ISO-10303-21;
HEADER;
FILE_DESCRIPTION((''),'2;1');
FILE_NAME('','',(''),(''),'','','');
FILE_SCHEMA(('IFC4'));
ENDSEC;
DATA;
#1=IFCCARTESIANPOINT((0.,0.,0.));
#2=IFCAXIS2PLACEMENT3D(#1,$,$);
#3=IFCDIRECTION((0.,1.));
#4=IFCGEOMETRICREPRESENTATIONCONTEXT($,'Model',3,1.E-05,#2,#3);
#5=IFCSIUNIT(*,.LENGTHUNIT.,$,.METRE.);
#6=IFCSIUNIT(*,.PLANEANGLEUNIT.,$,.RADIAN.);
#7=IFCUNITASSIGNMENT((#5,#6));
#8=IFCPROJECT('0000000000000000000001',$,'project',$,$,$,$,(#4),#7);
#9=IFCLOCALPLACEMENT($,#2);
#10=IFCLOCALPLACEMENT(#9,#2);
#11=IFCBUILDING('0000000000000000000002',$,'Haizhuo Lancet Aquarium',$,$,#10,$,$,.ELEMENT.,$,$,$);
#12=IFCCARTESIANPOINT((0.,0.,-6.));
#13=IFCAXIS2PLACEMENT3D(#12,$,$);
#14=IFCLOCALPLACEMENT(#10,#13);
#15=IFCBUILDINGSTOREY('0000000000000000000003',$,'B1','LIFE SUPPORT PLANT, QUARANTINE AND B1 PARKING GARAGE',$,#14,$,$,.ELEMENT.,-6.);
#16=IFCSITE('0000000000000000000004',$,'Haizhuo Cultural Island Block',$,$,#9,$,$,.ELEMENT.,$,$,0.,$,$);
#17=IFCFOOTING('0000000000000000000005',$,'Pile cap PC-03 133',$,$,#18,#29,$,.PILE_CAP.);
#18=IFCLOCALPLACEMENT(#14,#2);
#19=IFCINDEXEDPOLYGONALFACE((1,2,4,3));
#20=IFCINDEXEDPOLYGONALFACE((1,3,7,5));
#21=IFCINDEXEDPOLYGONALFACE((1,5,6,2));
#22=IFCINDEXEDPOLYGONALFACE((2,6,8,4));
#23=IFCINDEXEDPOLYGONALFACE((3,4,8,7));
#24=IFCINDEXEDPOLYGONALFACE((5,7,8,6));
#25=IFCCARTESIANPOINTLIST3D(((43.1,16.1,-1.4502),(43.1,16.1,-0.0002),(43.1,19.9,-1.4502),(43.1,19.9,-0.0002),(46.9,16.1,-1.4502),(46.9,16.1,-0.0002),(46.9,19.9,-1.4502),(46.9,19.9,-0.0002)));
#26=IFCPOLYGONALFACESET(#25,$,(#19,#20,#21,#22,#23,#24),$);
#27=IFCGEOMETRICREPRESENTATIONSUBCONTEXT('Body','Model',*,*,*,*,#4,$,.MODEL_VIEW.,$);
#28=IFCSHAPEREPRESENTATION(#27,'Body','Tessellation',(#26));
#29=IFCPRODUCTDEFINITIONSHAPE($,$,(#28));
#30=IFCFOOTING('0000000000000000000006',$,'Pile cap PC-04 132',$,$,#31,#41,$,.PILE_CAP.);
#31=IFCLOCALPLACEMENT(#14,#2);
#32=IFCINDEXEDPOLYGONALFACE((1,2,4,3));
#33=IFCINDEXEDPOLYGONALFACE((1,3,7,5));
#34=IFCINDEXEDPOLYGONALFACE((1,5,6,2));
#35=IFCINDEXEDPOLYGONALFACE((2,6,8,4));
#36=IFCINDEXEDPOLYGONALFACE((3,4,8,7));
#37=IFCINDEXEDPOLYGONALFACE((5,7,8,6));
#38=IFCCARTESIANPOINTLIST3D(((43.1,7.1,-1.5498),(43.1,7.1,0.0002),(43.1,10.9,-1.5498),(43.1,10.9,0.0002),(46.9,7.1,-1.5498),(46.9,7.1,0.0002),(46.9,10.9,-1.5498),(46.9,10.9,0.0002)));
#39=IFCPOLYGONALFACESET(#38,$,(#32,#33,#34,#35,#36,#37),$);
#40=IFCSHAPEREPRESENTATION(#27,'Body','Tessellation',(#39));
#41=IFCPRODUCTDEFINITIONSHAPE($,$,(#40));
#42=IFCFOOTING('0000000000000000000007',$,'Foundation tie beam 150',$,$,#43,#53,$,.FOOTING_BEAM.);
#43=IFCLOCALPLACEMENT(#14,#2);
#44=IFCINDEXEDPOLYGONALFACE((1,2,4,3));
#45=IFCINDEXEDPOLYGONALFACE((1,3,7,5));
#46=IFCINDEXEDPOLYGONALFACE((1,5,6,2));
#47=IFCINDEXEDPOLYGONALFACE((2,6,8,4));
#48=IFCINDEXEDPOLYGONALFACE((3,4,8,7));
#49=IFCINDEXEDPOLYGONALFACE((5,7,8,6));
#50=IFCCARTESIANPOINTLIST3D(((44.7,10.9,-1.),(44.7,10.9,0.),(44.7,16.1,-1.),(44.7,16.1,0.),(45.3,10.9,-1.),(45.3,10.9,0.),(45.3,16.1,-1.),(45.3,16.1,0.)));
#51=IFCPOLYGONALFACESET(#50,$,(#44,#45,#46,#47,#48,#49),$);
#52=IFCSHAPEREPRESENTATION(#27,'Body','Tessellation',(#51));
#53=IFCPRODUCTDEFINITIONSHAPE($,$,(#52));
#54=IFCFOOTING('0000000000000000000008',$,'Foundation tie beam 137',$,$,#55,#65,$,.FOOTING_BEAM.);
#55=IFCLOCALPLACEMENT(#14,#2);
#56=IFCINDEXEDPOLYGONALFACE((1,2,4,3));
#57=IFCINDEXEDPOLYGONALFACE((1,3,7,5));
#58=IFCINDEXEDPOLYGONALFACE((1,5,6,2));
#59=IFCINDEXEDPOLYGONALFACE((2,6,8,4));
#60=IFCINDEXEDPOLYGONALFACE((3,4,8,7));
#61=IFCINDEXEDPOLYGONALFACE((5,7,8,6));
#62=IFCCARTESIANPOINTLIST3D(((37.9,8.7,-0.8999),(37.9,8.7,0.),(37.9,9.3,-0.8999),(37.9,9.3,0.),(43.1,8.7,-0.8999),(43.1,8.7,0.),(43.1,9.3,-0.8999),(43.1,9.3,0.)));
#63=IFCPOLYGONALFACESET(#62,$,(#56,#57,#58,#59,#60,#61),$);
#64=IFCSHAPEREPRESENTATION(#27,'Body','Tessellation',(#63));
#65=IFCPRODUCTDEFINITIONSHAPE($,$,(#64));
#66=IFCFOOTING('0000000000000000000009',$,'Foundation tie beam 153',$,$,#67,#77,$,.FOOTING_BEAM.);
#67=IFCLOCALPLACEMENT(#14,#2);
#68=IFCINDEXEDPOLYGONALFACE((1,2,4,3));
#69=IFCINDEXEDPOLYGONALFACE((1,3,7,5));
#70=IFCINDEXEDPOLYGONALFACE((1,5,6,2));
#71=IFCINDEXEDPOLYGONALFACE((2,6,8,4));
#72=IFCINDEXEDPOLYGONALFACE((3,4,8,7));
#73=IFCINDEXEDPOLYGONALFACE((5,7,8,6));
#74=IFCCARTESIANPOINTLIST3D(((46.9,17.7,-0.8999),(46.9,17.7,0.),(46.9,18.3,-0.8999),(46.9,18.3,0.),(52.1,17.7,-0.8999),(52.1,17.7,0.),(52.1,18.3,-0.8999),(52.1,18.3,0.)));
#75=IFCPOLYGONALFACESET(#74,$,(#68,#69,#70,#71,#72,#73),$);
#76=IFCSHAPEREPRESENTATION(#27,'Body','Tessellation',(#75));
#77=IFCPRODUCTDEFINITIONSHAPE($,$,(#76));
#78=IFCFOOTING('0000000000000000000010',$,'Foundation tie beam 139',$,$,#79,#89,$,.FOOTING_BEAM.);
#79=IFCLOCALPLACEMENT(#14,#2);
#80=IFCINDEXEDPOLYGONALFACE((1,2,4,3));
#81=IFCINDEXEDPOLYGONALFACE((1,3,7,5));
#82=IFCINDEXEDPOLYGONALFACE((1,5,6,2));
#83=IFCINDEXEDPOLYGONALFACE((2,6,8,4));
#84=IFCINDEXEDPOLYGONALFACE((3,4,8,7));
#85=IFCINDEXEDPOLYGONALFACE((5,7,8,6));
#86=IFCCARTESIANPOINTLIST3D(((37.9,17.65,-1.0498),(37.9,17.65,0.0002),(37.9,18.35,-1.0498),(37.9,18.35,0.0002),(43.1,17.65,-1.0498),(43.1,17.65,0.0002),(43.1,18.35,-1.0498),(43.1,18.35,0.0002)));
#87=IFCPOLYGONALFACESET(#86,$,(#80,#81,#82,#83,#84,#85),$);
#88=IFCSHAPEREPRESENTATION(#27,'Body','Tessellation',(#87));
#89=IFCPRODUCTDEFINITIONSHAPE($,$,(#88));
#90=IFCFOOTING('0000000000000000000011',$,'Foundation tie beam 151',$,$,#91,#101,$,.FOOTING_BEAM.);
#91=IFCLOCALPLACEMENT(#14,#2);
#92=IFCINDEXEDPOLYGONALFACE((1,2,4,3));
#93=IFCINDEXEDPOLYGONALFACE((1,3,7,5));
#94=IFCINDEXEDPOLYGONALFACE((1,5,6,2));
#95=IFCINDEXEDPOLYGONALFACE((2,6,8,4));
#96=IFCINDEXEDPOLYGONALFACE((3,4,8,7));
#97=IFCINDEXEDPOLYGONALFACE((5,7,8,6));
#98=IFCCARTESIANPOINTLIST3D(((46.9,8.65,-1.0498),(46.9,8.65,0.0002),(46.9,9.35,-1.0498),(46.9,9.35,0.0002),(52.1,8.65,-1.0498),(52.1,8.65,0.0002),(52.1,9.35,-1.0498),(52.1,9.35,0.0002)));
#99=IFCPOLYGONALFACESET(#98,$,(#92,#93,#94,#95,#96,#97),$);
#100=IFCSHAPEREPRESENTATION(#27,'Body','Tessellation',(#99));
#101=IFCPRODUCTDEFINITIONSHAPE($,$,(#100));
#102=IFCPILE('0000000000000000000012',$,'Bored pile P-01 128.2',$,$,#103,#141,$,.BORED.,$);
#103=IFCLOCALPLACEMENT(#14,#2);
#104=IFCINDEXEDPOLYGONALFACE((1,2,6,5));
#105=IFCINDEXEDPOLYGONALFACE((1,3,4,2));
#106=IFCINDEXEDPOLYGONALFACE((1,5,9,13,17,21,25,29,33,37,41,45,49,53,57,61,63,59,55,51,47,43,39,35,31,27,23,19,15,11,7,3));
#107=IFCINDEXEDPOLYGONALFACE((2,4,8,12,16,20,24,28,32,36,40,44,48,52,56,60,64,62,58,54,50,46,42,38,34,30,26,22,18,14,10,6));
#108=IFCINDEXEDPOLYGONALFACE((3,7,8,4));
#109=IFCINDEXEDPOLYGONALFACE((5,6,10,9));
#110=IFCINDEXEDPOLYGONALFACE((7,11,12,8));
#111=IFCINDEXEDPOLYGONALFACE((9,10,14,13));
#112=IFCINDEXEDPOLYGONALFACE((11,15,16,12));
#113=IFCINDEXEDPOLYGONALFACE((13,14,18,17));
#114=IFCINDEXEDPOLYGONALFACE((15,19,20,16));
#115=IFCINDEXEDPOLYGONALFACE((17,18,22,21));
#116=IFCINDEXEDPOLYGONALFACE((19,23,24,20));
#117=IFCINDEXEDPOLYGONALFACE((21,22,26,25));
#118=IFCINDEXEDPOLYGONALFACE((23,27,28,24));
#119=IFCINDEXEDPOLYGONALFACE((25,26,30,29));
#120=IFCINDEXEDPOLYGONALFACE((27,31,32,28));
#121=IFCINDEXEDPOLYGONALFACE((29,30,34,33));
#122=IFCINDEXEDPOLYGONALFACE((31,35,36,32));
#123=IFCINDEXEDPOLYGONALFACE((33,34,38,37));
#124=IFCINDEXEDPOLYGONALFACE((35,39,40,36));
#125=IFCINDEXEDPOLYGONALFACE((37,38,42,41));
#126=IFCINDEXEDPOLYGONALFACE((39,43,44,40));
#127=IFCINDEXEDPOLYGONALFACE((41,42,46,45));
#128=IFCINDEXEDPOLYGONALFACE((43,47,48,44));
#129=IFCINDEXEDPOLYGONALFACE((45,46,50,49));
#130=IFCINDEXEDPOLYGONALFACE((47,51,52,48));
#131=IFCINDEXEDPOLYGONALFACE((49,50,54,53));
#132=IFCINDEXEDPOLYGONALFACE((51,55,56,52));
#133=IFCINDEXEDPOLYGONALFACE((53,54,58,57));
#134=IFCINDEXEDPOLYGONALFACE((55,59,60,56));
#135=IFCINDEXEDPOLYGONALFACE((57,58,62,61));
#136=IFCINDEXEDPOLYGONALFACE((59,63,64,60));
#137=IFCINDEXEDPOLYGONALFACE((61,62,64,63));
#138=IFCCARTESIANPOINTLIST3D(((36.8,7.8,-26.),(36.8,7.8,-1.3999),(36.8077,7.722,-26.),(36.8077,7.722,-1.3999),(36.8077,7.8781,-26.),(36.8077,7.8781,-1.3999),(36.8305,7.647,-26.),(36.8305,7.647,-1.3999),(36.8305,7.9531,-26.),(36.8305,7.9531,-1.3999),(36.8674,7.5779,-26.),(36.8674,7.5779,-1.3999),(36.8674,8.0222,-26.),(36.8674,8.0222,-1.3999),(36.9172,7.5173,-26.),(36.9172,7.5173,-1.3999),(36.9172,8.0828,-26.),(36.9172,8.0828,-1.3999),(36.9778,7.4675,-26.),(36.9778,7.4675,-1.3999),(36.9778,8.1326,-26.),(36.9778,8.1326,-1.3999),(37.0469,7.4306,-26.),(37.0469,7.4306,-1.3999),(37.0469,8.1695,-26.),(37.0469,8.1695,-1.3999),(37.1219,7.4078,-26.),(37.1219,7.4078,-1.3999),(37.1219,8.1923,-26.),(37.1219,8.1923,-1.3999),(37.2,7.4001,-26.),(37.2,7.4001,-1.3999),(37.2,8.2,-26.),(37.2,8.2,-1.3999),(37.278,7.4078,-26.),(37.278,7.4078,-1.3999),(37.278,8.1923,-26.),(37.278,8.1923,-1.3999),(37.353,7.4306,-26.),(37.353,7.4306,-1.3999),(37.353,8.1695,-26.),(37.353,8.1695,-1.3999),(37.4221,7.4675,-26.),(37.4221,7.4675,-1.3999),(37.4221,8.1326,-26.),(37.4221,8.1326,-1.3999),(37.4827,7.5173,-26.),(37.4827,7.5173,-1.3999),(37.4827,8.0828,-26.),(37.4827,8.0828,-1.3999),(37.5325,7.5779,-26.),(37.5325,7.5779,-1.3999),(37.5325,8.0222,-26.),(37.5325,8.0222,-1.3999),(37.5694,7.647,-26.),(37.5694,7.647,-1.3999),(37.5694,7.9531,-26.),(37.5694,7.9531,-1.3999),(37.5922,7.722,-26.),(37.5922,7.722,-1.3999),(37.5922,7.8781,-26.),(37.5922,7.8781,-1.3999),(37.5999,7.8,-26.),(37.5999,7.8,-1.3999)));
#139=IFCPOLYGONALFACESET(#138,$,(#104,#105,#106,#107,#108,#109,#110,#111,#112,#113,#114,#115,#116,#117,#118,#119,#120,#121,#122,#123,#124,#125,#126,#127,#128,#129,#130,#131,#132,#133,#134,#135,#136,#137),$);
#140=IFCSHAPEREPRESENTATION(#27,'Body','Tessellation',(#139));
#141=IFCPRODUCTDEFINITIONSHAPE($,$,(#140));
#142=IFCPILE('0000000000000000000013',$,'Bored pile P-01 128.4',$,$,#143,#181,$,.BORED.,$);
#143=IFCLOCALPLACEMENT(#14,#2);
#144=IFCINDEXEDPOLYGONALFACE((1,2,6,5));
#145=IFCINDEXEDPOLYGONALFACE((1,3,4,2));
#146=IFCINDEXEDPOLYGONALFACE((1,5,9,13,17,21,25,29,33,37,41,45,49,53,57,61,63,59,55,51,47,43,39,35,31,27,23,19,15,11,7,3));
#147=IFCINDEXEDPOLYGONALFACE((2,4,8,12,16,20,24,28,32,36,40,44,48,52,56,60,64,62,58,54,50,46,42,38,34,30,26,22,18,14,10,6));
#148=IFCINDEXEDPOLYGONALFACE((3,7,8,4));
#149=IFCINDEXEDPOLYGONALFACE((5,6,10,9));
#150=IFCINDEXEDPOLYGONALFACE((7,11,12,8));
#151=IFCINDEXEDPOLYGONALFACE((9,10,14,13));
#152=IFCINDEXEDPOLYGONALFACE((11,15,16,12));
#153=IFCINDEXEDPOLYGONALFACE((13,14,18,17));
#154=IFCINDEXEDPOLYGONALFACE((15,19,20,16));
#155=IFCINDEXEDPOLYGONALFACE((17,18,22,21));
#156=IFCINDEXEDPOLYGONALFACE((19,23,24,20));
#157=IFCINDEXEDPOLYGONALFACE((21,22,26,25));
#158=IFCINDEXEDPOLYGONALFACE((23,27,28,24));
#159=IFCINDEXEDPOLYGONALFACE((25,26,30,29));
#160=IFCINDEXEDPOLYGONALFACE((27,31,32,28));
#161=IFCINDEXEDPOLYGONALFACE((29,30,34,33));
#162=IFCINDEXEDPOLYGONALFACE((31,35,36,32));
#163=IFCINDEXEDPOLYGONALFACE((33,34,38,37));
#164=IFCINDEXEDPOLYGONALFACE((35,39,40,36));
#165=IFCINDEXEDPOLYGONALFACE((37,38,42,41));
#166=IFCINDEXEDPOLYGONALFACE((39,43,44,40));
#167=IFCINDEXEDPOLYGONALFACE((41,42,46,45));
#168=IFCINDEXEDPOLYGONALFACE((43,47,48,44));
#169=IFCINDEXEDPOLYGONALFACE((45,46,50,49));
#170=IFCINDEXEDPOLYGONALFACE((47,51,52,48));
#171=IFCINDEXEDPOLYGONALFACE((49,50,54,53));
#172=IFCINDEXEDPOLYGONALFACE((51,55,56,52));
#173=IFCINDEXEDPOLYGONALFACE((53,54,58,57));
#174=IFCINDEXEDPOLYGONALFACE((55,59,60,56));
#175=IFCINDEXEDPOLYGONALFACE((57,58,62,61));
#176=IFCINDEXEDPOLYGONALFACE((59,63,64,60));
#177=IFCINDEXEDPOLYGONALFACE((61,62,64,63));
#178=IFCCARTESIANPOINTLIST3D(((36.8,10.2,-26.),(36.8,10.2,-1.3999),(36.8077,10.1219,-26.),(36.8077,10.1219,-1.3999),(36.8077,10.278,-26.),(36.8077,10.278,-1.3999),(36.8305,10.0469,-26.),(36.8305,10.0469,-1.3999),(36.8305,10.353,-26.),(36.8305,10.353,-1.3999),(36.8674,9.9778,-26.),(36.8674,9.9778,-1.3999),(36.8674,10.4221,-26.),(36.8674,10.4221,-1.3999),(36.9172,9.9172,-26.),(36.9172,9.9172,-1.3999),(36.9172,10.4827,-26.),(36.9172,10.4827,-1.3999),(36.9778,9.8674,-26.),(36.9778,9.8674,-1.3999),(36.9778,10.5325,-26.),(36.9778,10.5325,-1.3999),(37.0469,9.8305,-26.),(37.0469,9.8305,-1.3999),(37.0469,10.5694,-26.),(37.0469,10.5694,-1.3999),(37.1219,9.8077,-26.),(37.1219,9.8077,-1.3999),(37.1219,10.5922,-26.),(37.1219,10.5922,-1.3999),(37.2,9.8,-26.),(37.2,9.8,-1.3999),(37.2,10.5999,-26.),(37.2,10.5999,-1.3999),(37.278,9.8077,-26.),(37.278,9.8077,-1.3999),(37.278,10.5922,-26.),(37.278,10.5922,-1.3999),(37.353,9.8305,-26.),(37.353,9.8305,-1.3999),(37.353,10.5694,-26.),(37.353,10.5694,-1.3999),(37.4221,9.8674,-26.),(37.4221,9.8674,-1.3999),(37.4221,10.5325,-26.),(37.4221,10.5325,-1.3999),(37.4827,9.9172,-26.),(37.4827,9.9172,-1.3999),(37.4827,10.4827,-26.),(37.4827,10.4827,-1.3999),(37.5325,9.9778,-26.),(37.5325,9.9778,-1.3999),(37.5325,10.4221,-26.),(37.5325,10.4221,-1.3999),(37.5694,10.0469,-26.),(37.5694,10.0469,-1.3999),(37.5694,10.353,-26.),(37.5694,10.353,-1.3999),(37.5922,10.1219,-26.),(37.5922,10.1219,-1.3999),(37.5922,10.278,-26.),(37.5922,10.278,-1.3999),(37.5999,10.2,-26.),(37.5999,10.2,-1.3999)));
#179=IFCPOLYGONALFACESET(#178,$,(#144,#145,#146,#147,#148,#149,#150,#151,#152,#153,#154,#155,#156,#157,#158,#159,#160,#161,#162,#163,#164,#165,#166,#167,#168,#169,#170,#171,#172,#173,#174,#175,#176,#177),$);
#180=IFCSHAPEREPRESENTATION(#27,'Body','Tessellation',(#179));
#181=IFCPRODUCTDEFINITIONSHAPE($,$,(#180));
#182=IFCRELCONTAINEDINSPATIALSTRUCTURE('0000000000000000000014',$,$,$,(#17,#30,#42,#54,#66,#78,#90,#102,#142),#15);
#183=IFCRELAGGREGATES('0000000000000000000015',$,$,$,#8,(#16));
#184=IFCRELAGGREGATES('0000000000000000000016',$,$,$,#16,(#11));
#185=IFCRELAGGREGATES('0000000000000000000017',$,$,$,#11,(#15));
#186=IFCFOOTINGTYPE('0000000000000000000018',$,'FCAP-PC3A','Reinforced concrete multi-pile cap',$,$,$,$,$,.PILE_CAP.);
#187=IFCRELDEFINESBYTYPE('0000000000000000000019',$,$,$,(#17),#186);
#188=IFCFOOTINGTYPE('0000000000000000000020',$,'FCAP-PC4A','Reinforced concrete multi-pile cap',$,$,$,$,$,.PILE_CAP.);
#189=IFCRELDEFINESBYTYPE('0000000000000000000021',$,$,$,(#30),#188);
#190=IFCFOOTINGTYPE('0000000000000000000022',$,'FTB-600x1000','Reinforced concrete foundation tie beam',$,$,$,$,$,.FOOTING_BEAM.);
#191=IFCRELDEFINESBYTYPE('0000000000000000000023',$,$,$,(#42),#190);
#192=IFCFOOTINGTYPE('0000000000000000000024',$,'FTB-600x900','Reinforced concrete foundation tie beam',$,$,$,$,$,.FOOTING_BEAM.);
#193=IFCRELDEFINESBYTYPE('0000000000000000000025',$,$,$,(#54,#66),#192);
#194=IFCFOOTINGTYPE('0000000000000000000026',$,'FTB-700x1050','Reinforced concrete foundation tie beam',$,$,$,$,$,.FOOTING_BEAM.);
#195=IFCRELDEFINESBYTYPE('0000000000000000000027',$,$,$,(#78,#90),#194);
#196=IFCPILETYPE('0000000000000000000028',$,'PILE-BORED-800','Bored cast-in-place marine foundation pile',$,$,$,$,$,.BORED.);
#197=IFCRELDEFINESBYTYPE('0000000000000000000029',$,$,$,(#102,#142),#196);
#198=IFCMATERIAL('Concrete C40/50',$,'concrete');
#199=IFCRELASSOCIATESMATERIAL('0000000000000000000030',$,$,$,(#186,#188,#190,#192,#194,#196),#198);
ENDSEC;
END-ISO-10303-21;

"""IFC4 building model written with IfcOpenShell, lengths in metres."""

from ifc_helpers import new_model, si_unit, direction, frame, origin, origin_2d, place, context, subcontext, project, spatial, rectangle, circle, extrude, material, material_profile, profile_set, type_object, element, save


model = new_model("IFC4")

# Units and contexts
model_context = context("Model", 3, precision=1e-05, world=origin(), true_north=direction((0.0, 1.0)))
body_context = subcontext(model_context, "Body", "Model", "MODEL_VIEW")
ifc_project = project(units=[si_unit("LENGTHUNIT", "METRE"), si_unit("PLANEANGLEUNIT", "RADIAN")], contexts=[model_context])

# Site, building, storey
site_placement = place(None, origin())
site = spatial("IfcSite", under=ifc_project, at=site_placement, Name="Haizhuo Cultural Island Block", CompositionType="ELEMENT", RefElevation=0.0)
building_placement = place(site_placement, origin())
building = spatial("IfcBuilding", under=site, at=building_placement, Name="Haizhuo Lancet Aquarium", CompositionType="ELEMENT")
storey_placement = place(building_placement, frame((0.0, 0.0, -6.0)))
storey = spatial("IfcBuildingStorey", under=building, at=storey_placement, Name="B1", Description="LIFE SUPPORT PLANT, QUARANTINE AND B1 PARKING GARAGE", CompositionType="ELEMENT", Elevation=-6.0)

# Footings
ifc_material_1 = material(Name="Concrete C40/50", Category="concrete")
footing_type_1 = type_object("IfcFootingType", Name="FCAP-PC3A", Description="Reinforced concrete multi-pile cap", PredefinedType="PILE_CAP", material=ifc_material_1)
footing_1_placement = place(storey_placement, frame((45.0, 18.0, -1.4502), z_axis=(0.0, 0.0, 1.0), x_axis=(1.0, 0.0, 0.0)))
element("IfcFooting", 1, at=footing_1_placement, inside=storey, type_object=footing_type_1, Name="Pile cap PC-03 133", PredefinedType="PILE_CAP", context=body_context, shape_type="SweptSolid", body=[
    extrude(rectangle(XDim=3.8, YDim=3.8, at=origin_2d()), origin(), (0.0, 0.0, 1.0), 1.45),
])
footing_type_2 = type_object("IfcFootingType", Name="FCAP-PC4A", Description="Reinforced concrete multi-pile cap", PredefinedType="PILE_CAP", material=ifc_material_1)
footing_2_placement = place(storey_placement, frame((45.0, 9.0, -1.5498), z_axis=(0.0, 0.0, 1.0), x_axis=(1.0, 0.0, 0.0)))
element("IfcFooting", 2, at=footing_2_placement, inside=storey, type_object=footing_type_2, Name="Pile cap PC-04 132", PredefinedType="PILE_CAP", context=body_context, shape_type="SweptSolid", body=[
    extrude(rectangle(XDim=3.8, YDim=3.8, at=origin_2d()), origin(), (0.0, 0.0, 1.0), 1.55),
])
footing_type_3 = type_object("IfcFootingType", Name="FTB-600x1000", Description="Reinforced concrete foundation tie beam", PredefinedType="FOOTING_BEAM", material=ifc_material_1)
footing_3_placement = place(storey_placement, frame((45.0, 13.5, -1.0), z_axis=(0.0, 0.0, 1.0), x_axis=(0.0, 1.0, 0.0)))
element("IfcFooting", 3, at=footing_3_placement, inside=storey, type_object=footing_type_3, Name="Foundation tie beam 150", PredefinedType="FOOTING_BEAM", context=body_context, shape_type="SweptSolid", body=[
    extrude(rectangle(XDim=5.2, YDim=0.6001, at=origin_2d()), origin(), (0.0, 0.0, 1.0), 1.0),
])
footing_type_4 = type_object("IfcFootingType", Name="FTB-600x900", Description="Reinforced concrete foundation tie beam", PredefinedType="FOOTING_BEAM", material=ifc_material_1)
for number, where, z_axis, x_axis, name in (
    (4, (40.5, 9.0, -0.8999), (0.0, 0.0, 1.0), (1.0, 0.0, 0.0), "Foundation tie beam 137"),
    (5, (49.5, 18.0, -0.8999), (0.0, 0.0, 1.0), (1.0, 0.0, 0.0), "Foundation tie beam 153"),
):
    element("IfcFooting", number, at=place(storey_placement, frame(where, z_axis=z_axis, x_axis=x_axis)), inside=storey, type_object=footing_type_4, Name=name, PredefinedType="FOOTING_BEAM", context=body_context, shape_type="SweptSolid", body=[
        extrude(rectangle(XDim=5.2, YDim=0.6001, at=origin_2d()), origin(), (0.0, 0.0, 1.0), 0.8999),
    ])
footing_type_5 = type_object("IfcFootingType", Name="FTB-700x1050", Description="Reinforced concrete foundation tie beam", PredefinedType="FOOTING_BEAM", material=ifc_material_1)
for number, where, z_axis, x_axis, name in (
    (6, (40.5, 18.0, -1.0498), (0.0, 0.0, 1.0), (1.0, 0.0, 0.0), "Foundation tie beam 139"),
    (7, (49.5, 9.0, -1.0498), (0.0, 0.0, 1.0), (1.0, 0.0, 0.0), "Foundation tie beam 151"),
):
    element("IfcFooting", number, at=place(storey_placement, frame(where, z_axis=z_axis, x_axis=x_axis)), inside=storey, type_object=footing_type_5, Name=name, PredefinedType="FOOTING_BEAM", context=body_context, shape_type="SweptSolid", body=[
        extrude(rectangle(XDim=5.2, YDim=0.7, at=origin_2d()), origin(), (0.0, 0.0, 1.0), 1.05),
    ])

# Piles
ifc_material_profile_1 = material_profile(ifc_material_1, circle(Radius=0.3999, at=origin_2d()), Name="PILE-800")
ifc_profile_set_1 = profile_set([ifc_material_profile_1], Name="Concrete C40/50")
pile_type = type_object("IfcPileType", Name="PILE-BORED-800", Description="Bored cast-in-place marine foundation pile", PredefinedType="BORED", material=ifc_profile_set_1)
for number, where, z_axis, x_axis, name in (
    (8, (37.2, 7.8, -1.3999), (0.0, 0.0, -1.0), (1.0, 0.0, 0.0), "Bored pile P-01 128.2"),
    (9, (37.2, 10.2, -1.3999), (0.0, 0.0, -1.0), (1.0, 0.0, 0.0), "Bored pile P-01 128.4"),
):
    element("IfcPile", number, at=place(storey_placement, frame(where, z_axis=z_axis, x_axis=x_axis)), inside=storey, type_object=pile_type, Name=name, PredefinedType="BORED", context=body_context, shape_type="SweptSolid", body=[
        extrude(circle(Radius=0.3999, at=origin_2d()), origin(), (0.0, 0.0, 1.0), 24.6001),
    ])

save(model, "model.ifc")
